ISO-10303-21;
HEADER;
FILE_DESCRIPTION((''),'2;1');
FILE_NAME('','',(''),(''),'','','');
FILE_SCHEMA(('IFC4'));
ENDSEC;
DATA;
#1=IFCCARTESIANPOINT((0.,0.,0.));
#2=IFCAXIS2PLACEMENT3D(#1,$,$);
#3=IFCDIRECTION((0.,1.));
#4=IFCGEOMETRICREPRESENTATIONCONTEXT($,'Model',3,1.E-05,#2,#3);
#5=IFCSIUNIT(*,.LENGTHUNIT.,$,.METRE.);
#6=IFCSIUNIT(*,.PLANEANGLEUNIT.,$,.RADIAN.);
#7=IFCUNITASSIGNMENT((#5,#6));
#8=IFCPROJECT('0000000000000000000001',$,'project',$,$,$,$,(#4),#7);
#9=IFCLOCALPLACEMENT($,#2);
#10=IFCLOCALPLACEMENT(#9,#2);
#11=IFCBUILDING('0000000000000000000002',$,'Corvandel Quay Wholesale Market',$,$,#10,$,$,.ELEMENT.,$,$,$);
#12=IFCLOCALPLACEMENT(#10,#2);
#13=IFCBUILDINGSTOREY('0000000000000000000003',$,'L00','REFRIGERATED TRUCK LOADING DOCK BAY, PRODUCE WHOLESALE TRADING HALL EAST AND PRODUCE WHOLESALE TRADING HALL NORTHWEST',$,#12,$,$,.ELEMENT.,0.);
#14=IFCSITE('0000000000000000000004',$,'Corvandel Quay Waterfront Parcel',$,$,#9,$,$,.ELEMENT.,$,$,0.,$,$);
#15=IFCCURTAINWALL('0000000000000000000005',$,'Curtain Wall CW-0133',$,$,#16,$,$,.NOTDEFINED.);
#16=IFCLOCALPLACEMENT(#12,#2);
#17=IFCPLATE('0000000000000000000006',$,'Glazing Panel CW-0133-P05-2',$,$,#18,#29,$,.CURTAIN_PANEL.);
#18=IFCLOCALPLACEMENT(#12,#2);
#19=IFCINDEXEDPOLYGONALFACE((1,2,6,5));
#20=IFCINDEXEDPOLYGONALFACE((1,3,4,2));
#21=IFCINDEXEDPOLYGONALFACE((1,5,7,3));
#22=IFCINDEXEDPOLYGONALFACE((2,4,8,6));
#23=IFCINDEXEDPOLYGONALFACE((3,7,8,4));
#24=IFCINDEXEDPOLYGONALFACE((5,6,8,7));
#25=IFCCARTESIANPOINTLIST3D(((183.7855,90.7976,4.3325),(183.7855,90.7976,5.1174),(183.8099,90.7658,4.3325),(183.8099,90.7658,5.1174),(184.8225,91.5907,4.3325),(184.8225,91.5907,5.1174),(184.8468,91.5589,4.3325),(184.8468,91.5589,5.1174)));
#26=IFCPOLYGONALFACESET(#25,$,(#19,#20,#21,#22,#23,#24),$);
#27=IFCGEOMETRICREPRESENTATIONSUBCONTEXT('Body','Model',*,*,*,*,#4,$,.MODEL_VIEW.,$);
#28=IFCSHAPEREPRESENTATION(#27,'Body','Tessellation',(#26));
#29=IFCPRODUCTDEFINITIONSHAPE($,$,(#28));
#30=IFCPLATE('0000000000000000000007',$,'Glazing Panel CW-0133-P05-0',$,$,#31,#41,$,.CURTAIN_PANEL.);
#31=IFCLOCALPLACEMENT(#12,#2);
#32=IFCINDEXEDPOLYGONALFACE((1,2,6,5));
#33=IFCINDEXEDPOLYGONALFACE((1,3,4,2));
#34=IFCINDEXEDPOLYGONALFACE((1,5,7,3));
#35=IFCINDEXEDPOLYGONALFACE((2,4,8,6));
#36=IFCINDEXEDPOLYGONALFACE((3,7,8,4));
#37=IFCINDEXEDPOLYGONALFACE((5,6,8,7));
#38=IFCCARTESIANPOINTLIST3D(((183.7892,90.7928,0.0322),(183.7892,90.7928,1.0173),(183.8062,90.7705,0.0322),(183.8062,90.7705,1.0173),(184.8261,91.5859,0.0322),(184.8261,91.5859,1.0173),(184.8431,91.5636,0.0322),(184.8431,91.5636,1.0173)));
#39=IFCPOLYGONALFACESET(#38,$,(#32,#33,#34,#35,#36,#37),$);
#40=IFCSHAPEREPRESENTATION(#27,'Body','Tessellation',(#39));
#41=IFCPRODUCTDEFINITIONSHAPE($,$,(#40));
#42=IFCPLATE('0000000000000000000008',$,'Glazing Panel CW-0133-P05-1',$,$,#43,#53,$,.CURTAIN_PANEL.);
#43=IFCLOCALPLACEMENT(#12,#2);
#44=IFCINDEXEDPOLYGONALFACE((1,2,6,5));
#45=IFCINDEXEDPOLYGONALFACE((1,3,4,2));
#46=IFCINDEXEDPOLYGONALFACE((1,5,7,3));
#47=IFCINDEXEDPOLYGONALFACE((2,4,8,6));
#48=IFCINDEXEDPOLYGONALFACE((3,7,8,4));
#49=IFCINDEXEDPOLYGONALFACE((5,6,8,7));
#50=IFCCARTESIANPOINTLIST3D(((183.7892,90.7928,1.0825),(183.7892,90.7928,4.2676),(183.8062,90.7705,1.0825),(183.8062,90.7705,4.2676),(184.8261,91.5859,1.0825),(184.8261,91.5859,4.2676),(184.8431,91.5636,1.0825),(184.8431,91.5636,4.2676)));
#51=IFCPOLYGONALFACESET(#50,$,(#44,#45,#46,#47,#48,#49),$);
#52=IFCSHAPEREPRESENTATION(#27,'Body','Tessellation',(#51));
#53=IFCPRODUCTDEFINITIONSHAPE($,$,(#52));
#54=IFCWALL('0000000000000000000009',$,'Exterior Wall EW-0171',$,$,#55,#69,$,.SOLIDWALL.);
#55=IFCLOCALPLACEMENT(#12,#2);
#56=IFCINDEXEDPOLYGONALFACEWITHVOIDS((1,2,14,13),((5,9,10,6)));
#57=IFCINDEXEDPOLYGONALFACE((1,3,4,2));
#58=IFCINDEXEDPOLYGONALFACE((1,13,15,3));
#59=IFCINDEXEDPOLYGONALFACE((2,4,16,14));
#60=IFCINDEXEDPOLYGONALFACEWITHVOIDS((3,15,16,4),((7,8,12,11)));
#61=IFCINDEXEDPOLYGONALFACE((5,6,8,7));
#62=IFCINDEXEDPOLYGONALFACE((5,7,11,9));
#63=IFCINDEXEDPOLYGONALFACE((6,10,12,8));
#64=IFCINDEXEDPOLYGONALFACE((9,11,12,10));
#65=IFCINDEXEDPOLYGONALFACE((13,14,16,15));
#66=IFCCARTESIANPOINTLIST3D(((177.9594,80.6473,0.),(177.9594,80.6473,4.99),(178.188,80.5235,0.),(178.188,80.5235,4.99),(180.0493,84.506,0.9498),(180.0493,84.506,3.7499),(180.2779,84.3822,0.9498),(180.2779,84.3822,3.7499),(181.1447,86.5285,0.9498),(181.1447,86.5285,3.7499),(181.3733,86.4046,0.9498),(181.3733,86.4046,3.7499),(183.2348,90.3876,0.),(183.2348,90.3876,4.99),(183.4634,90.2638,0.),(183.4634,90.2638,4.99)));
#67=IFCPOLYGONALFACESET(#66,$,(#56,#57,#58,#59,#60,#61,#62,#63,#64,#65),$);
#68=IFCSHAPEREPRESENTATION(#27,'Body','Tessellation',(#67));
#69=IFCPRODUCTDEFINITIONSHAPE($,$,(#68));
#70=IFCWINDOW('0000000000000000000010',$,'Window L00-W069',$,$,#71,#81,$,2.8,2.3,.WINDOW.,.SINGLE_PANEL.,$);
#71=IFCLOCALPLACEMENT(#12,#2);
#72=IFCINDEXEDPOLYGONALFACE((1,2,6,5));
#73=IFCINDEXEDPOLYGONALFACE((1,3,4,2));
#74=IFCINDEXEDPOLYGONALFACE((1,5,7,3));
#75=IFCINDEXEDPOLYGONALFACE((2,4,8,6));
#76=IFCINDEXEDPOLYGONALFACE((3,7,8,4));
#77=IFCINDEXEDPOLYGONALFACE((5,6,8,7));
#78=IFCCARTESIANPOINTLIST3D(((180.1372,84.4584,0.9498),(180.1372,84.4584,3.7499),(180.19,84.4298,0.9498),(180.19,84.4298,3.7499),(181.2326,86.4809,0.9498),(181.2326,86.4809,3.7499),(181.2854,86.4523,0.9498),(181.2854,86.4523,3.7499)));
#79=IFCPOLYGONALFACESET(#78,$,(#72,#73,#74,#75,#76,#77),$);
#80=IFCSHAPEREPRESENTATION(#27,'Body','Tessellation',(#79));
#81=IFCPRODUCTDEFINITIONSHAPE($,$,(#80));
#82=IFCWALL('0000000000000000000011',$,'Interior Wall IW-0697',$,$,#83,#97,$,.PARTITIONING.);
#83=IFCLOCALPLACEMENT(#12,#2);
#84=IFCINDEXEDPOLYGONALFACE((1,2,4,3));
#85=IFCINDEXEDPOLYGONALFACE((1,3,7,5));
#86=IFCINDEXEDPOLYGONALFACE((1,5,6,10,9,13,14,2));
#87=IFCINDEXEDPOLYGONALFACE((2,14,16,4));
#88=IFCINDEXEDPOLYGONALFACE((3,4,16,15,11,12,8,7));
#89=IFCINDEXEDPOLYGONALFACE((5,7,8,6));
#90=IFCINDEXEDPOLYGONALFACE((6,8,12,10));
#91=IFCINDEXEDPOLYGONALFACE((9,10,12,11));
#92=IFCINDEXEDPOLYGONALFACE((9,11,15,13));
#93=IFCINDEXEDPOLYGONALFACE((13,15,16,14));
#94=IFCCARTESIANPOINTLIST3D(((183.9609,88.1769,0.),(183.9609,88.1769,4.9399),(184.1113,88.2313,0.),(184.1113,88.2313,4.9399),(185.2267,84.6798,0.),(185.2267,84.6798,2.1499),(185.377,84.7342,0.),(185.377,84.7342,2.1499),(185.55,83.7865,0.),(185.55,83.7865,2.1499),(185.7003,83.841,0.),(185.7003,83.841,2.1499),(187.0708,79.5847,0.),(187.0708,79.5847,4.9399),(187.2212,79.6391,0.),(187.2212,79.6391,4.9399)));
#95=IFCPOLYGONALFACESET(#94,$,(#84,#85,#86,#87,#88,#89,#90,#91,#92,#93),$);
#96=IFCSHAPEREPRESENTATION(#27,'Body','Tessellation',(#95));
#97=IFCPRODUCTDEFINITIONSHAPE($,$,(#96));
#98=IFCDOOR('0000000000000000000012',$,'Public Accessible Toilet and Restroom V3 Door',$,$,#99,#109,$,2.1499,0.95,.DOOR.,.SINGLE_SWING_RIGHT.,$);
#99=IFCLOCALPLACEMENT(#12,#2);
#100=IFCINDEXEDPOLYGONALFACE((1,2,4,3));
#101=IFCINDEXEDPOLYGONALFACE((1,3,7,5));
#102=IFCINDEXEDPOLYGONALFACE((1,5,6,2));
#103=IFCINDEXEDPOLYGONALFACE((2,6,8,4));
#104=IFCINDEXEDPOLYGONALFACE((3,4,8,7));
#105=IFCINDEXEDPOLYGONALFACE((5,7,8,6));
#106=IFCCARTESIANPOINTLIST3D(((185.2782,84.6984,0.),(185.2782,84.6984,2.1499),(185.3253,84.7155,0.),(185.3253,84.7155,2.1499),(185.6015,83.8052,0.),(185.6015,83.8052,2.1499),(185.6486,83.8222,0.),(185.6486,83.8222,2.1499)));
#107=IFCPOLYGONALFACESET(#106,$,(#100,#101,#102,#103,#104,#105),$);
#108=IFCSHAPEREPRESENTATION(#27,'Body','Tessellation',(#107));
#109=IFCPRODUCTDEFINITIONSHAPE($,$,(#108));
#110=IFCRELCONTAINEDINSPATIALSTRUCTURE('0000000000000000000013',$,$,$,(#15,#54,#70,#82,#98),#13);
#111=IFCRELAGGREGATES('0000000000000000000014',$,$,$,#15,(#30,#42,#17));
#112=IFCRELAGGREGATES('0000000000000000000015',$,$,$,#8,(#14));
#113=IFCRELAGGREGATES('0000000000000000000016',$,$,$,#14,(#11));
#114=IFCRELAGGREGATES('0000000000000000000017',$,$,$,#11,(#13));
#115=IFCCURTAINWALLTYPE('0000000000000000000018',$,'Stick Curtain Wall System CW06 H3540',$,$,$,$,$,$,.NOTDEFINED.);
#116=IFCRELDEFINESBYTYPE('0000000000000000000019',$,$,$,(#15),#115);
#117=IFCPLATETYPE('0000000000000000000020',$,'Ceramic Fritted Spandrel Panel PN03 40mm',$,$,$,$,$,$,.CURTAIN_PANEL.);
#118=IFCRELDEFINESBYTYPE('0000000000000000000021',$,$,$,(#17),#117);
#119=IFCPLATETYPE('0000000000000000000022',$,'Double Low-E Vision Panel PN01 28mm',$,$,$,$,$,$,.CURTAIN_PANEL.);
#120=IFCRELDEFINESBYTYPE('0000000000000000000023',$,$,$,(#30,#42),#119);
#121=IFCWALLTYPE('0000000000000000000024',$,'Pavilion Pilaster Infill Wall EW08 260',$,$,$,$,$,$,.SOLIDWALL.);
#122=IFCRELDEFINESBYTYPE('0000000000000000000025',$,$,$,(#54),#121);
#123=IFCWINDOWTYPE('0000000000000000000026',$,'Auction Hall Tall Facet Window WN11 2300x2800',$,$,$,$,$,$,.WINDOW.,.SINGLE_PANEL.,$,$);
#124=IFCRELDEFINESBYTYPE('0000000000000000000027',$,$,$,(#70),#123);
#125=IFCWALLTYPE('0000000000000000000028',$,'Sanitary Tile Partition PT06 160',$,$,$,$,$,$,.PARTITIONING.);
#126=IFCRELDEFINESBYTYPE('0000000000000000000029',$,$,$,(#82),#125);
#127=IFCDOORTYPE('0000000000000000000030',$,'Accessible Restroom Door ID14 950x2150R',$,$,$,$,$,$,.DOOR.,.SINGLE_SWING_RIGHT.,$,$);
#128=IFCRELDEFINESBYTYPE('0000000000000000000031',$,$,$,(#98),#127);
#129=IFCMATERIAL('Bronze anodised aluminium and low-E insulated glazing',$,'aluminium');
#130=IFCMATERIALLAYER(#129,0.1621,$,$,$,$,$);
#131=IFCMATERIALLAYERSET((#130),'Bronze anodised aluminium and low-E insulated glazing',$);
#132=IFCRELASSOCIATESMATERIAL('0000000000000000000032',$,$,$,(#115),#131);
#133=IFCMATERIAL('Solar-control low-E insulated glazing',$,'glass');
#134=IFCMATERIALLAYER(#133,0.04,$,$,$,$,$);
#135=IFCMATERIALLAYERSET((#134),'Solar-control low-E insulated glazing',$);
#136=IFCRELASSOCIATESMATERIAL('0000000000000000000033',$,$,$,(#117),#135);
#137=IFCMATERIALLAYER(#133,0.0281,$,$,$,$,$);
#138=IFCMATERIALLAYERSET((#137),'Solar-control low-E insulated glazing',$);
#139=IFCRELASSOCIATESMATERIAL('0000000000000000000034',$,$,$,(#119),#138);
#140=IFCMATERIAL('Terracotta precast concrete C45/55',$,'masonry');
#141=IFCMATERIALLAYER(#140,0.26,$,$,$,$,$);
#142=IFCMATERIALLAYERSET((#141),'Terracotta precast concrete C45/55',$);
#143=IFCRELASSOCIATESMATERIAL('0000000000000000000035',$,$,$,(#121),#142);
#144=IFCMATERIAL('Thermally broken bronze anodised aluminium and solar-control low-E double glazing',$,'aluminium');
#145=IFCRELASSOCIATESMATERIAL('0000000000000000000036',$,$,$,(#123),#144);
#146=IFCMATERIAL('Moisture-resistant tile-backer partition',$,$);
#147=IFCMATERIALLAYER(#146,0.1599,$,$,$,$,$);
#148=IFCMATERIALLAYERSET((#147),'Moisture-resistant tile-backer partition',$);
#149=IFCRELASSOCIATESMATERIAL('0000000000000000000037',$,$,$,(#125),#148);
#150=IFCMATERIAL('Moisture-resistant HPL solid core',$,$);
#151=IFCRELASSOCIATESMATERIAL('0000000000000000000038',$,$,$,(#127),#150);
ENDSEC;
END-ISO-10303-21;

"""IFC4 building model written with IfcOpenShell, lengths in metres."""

from ifc_helpers import new_model, si_unit, direction, frame, frame_2d, origin, origin_2d, place, context, subcontext, project, spatial, rectangle, extrude, material, layer, layer_set, type_object, element, fill, aggregate, save


model = new_model("IFC4")

# Units and contexts
model_context = context("Model", 3, precision=1e-05, world=origin(), true_north=direction((0.0, 1.0)))
body_context = subcontext(model_context, "Body", "Model", "MODEL_VIEW")
ifc_project = project(units=[si_unit("LENGTHUNIT", "METRE"), si_unit("PLANEANGLEUNIT", "RADIAN")], contexts=[model_context])

# Site, building, storey
site_placement = place(None, origin())
site = spatial("IfcSite", under=ifc_project, at=site_placement, Name="Corvandel Quay Waterfront Parcel", CompositionType="ELEMENT", RefElevation=0.0)
building_placement = place(site_placement, origin())
building = spatial("IfcBuilding", under=site, at=building_placement, Name="Corvandel Quay Wholesale Market", CompositionType="ELEMENT")
storey_placement = place(building_placement, origin())
storey = spatial("IfcBuildingStorey", under=building, at=storey_placement, Name="L00", Description="REFRIGERATED TRUCK LOADING DOCK BAY, PRODUCE WHOLESALE TRADING HALL EAST AND PRODUCE WHOLESALE TRADING HALL NORTHWEST", CompositionType="ELEMENT", Elevation=0.0)

# Curtain wall
ifc_material_1 = material(Name="Bronze anodised aluminium and low-E insulated glazing", Category="aluminium")
ifc_layer_1 = layer(ifc_material_1, 0.1621)
ifc_layer_set_1 = layer_set([ifc_layer_1], Name="Bronze anodised aluminium and low-E insulated glazing")
curtain_wall_type_1 = type_object("IfcCurtainWallType", Name="Stick Curtain Wall System CW06 H3540", PredefinedType="NOTDEFINED", material=ifc_layer_set_1)
curtain_wall_1_placement = place(storey_placement, origin())
curtain_wall_1 = element("IfcCurtainWall", 1, at=curtain_wall_1_placement, inside=storey, type_object=curtain_wall_type_1, Name="Curtain Wall CW-0133", PredefinedType="NOTDEFINED")

# Plates
ifc_material_2 = material(Name="Solar-control low-E insulated glazing", Category="glass")
ifc_layer_2 = layer(ifc_material_2, 0.04)
ifc_layer_set_2 = layer_set([ifc_layer_2], Name="Solar-control low-E insulated glazing")
plate_type_1 = type_object("IfcPlateType", Name="Ceramic Fritted Spandrel Panel PN03 40mm", PredefinedType="CURTAIN_PANEL", material=ifc_layer_set_2)
plate_1_placement = place(storey_placement, frame((184.3162, 91.1782, 4.3325), z_axis=(0.0, 0.0, 1.0), x_axis=(0.794309, 0.607514, 0.0)))
plate_1 = element("IfcPlate", 2, at=plate_1_placement, type_object=plate_type_1, Name="Glazing Panel CW-0133-P05-2", PredefinedType="CURTAIN_PANEL", context=body_context, shape_type="SweptSolid", body=[
    extrude(rectangle(XDim=1.3054, YDim=0.04, at=origin_2d()), origin(), (0.0, 0.0, 1.0), 0.7849),
])
ifc_layer_3 = layer(ifc_material_2, 0.0281)
ifc_layer_set_3 = layer_set([ifc_layer_3], Name="Solar-control low-E insulated glazing")
plate_type_2 = type_object("IfcPlateType", Name="Double Low-E Vision Panel PN01 28mm", PredefinedType="CURTAIN_PANEL", material=ifc_layer_set_3)
plate_2_placement = place(storey_placement, frame((184.3162, 91.1782, 0.0322), z_axis=(0.0, 0.0, 1.0), x_axis=(0.794309, 0.607514, 0.0)))
plate_2 = element("IfcPlate", 3, at=plate_2_placement, type_object=plate_type_2, Name="Glazing Panel CW-0133-P05-0", PredefinedType="CURTAIN_PANEL", context=body_context, shape_type="SweptSolid", body=[
    extrude(rectangle(XDim=1.3054, YDim=0.0281, at=origin_2d()), origin(), (0.0, 0.0, 1.0), 0.9851),
])
plate_3_placement = place(storey_placement, frame((184.3162, 91.1782, 1.0825), z_axis=(0.0, 0.0, 1.0), x_axis=(0.794309, 0.607514, 0.0)))
plate_3 = element("IfcPlate", 4, at=plate_3_placement, type_object=plate_type_2, Name="Glazing Panel CW-0133-P05-1", PredefinedType="CURTAIN_PANEL", context=body_context, shape_type="SweptSolid", body=[
    extrude(rectangle(XDim=1.3054, YDim=0.0281, at=origin_2d()), origin(), (0.0, 0.0, 1.0), 3.1851),
])
aggregate(curtain_wall_1, [plate_2, plate_3, plate_1])

# Wall, opening, window
ifc_material_3 = material(Name="Terracotta precast concrete C45/55", Category="masonry")
ifc_layer_4 = layer(ifc_material_3, 0.26)
ifc_layer_set_4 = layer_set([ifc_layer_4], Name="Terracotta precast concrete C45/55")
wall_type_1 = type_object("IfcWallType", Name="Pavilion Pilaster Infill Wall EW08 260", PredefinedType="SOLIDWALL", material=ifc_layer_set_4)
wall_1_placement = place(storey_placement, frame((183.3491, 90.3257, 0.0), z_axis=(0.0, 0.0, 1.0), x_axis=(-0.476243, -0.879314, 0.0)))
wall_1 = element("IfcWall", 5, at=wall_1_placement, inside=storey, type_object=wall_type_1, Name="Exterior Wall EW-0171", PredefinedType="SOLIDWALL", context=body_context, shape_type="SweptSolid", body=[
    extrude(rectangle(XDim=11.0771, YDim=0.26, at=frame_2d((5.5386, 0.0))), origin(), (0.0, 0.0, 1.0), 4.99),
])
opening_1_placement = place(wall_1_placement, frame((4.3889, 0.0, 0.95)))
opening_1 = element("IfcOpeningElement", 6, at=opening_1_placement, cuts=wall_1, PredefinedType="OPENING", context=body_context, shape_type="SweptSolid", body=[
    extrude(rectangle(XDim=2.3, YDim=2.8, at=frame_2d((1.1499, 1.3999))), frame((0.0, 0.1399, 0.0), z_axis=(0.0, -1.0, 0.0), x_axis=(1.0, 0.0, 0.0)), (0.0, 0.0, 1.0), 0.28),
])
ifc_material_4 = material(Name="Thermally broken bronze anodised aluminium and solar-control low-E double glazing", Category="aluminium")
window_type = type_object("IfcWindowType", Name="Auction Hall Tall Facet Window WN11 2300x2800", PartitioningType="SINGLE_PANEL", PredefinedType="WINDOW", material=ifc_material_4)
window_placement = place(opening_1_placement, origin())
window = element("IfcWindow", 7, at=window_placement, inside=storey, type_object=window_type, Name="Window L00-W069", OverallHeight=2.8, OverallWidth=2.3, PartitioningType="SINGLE_PANEL", PredefinedType="WINDOW", context=body_context, shape_type="SweptSolid", body=[
    extrude(rectangle(XDim=2.3, YDim=2.8, at=frame_2d((1.1499, 1.3999))), frame((0.0, 0.03, 0.0), z_axis=(0.0, -1.0, 0.0), x_axis=(1.0, 0.0, 0.0)), (0.0, 0.0, 1.0), 0.0601),
])
fill(opening_1, window)

# Wall, opening, door
ifc_material_5 = material(Name="Moisture-resistant tile-backer partition")
ifc_layer_5 = layer(ifc_material_5, 0.1599)
ifc_layer_set_5 = layer_set([ifc_layer_5], Name="Moisture-resistant tile-backer partition")
wall_type_2 = type_object("IfcWallType", Name="Sanitary Tile Partition PT06 160", PredefinedType="PARTITIONING", material=ifc_layer_set_5)
wall_2_placement = place(storey_placement, frame((184.0361, 88.2041, 0.0), z_axis=(0.0, 0.0, 1.0), x_axis=(0.340331, -0.940306, 0.0)))
wall_2 = element("IfcWall", 8, at=wall_2_placement, inside=storey, type_object=wall_type_2, Name="Interior Wall IW-0697", PredefinedType="PARTITIONING", context=body_context, shape_type="SweptSolid", body=[
    extrude(rectangle(XDim=9.1377, YDim=0.1599, at=frame_2d((4.5688, 0.0))), origin(), (0.0, 0.0, 1.0), 4.9399),
])
opening_2_placement = place(wall_2_placement, frame((3.719, 0.0, 0.0)))
opening_2 = element("IfcOpeningElement", 9, at=opening_2_placement, cuts=wall_2, PredefinedType="OPENING", context=body_context, shape_type="SweptSolid", body=[
    extrude(rectangle(XDim=0.95, YDim=2.1499, at=frame_2d((0.4751, 1.075))), frame((0.0, 0.0898, 0.0), z_axis=(0.0, -1.0, 0.0), x_axis=(1.0, 0.0, 0.0)), (0.0, 0.0, 1.0), 0.1799),
])
ifc_material_6 = material(Name="Moisture-resistant HPL solid core")
door_type = type_object("IfcDoorType", Name="Accessible Restroom Door ID14 950x2150R", OperationType="SINGLE_SWING_RIGHT", PredefinedType="DOOR", material=ifc_material_6)
door_placement = place(opening_2_placement, origin())
door = element("IfcDoor", 10, at=door_placement, inside=storey, type_object=door_type, Name="Public Accessible Toilet and Restroom V3 Door", OperationType="SINGLE_SWING_RIGHT", OverallHeight=2.1499, OverallWidth=0.95, PredefinedType="DOOR", context=body_context, shape_type="SweptSolid", body=[
    extrude(rectangle(XDim=0.95, YDim=2.1499, at=frame_2d((0.4751, 1.075))), frame((0.0, 0.0249, 0.0), z_axis=(0.0, -1.0, 0.0), x_axis=(1.0, 0.0, 0.0)), (0.0, 0.0, 1.0), 0.05),
])
fill(opening_2, door)

save(model, "model.ifc")
